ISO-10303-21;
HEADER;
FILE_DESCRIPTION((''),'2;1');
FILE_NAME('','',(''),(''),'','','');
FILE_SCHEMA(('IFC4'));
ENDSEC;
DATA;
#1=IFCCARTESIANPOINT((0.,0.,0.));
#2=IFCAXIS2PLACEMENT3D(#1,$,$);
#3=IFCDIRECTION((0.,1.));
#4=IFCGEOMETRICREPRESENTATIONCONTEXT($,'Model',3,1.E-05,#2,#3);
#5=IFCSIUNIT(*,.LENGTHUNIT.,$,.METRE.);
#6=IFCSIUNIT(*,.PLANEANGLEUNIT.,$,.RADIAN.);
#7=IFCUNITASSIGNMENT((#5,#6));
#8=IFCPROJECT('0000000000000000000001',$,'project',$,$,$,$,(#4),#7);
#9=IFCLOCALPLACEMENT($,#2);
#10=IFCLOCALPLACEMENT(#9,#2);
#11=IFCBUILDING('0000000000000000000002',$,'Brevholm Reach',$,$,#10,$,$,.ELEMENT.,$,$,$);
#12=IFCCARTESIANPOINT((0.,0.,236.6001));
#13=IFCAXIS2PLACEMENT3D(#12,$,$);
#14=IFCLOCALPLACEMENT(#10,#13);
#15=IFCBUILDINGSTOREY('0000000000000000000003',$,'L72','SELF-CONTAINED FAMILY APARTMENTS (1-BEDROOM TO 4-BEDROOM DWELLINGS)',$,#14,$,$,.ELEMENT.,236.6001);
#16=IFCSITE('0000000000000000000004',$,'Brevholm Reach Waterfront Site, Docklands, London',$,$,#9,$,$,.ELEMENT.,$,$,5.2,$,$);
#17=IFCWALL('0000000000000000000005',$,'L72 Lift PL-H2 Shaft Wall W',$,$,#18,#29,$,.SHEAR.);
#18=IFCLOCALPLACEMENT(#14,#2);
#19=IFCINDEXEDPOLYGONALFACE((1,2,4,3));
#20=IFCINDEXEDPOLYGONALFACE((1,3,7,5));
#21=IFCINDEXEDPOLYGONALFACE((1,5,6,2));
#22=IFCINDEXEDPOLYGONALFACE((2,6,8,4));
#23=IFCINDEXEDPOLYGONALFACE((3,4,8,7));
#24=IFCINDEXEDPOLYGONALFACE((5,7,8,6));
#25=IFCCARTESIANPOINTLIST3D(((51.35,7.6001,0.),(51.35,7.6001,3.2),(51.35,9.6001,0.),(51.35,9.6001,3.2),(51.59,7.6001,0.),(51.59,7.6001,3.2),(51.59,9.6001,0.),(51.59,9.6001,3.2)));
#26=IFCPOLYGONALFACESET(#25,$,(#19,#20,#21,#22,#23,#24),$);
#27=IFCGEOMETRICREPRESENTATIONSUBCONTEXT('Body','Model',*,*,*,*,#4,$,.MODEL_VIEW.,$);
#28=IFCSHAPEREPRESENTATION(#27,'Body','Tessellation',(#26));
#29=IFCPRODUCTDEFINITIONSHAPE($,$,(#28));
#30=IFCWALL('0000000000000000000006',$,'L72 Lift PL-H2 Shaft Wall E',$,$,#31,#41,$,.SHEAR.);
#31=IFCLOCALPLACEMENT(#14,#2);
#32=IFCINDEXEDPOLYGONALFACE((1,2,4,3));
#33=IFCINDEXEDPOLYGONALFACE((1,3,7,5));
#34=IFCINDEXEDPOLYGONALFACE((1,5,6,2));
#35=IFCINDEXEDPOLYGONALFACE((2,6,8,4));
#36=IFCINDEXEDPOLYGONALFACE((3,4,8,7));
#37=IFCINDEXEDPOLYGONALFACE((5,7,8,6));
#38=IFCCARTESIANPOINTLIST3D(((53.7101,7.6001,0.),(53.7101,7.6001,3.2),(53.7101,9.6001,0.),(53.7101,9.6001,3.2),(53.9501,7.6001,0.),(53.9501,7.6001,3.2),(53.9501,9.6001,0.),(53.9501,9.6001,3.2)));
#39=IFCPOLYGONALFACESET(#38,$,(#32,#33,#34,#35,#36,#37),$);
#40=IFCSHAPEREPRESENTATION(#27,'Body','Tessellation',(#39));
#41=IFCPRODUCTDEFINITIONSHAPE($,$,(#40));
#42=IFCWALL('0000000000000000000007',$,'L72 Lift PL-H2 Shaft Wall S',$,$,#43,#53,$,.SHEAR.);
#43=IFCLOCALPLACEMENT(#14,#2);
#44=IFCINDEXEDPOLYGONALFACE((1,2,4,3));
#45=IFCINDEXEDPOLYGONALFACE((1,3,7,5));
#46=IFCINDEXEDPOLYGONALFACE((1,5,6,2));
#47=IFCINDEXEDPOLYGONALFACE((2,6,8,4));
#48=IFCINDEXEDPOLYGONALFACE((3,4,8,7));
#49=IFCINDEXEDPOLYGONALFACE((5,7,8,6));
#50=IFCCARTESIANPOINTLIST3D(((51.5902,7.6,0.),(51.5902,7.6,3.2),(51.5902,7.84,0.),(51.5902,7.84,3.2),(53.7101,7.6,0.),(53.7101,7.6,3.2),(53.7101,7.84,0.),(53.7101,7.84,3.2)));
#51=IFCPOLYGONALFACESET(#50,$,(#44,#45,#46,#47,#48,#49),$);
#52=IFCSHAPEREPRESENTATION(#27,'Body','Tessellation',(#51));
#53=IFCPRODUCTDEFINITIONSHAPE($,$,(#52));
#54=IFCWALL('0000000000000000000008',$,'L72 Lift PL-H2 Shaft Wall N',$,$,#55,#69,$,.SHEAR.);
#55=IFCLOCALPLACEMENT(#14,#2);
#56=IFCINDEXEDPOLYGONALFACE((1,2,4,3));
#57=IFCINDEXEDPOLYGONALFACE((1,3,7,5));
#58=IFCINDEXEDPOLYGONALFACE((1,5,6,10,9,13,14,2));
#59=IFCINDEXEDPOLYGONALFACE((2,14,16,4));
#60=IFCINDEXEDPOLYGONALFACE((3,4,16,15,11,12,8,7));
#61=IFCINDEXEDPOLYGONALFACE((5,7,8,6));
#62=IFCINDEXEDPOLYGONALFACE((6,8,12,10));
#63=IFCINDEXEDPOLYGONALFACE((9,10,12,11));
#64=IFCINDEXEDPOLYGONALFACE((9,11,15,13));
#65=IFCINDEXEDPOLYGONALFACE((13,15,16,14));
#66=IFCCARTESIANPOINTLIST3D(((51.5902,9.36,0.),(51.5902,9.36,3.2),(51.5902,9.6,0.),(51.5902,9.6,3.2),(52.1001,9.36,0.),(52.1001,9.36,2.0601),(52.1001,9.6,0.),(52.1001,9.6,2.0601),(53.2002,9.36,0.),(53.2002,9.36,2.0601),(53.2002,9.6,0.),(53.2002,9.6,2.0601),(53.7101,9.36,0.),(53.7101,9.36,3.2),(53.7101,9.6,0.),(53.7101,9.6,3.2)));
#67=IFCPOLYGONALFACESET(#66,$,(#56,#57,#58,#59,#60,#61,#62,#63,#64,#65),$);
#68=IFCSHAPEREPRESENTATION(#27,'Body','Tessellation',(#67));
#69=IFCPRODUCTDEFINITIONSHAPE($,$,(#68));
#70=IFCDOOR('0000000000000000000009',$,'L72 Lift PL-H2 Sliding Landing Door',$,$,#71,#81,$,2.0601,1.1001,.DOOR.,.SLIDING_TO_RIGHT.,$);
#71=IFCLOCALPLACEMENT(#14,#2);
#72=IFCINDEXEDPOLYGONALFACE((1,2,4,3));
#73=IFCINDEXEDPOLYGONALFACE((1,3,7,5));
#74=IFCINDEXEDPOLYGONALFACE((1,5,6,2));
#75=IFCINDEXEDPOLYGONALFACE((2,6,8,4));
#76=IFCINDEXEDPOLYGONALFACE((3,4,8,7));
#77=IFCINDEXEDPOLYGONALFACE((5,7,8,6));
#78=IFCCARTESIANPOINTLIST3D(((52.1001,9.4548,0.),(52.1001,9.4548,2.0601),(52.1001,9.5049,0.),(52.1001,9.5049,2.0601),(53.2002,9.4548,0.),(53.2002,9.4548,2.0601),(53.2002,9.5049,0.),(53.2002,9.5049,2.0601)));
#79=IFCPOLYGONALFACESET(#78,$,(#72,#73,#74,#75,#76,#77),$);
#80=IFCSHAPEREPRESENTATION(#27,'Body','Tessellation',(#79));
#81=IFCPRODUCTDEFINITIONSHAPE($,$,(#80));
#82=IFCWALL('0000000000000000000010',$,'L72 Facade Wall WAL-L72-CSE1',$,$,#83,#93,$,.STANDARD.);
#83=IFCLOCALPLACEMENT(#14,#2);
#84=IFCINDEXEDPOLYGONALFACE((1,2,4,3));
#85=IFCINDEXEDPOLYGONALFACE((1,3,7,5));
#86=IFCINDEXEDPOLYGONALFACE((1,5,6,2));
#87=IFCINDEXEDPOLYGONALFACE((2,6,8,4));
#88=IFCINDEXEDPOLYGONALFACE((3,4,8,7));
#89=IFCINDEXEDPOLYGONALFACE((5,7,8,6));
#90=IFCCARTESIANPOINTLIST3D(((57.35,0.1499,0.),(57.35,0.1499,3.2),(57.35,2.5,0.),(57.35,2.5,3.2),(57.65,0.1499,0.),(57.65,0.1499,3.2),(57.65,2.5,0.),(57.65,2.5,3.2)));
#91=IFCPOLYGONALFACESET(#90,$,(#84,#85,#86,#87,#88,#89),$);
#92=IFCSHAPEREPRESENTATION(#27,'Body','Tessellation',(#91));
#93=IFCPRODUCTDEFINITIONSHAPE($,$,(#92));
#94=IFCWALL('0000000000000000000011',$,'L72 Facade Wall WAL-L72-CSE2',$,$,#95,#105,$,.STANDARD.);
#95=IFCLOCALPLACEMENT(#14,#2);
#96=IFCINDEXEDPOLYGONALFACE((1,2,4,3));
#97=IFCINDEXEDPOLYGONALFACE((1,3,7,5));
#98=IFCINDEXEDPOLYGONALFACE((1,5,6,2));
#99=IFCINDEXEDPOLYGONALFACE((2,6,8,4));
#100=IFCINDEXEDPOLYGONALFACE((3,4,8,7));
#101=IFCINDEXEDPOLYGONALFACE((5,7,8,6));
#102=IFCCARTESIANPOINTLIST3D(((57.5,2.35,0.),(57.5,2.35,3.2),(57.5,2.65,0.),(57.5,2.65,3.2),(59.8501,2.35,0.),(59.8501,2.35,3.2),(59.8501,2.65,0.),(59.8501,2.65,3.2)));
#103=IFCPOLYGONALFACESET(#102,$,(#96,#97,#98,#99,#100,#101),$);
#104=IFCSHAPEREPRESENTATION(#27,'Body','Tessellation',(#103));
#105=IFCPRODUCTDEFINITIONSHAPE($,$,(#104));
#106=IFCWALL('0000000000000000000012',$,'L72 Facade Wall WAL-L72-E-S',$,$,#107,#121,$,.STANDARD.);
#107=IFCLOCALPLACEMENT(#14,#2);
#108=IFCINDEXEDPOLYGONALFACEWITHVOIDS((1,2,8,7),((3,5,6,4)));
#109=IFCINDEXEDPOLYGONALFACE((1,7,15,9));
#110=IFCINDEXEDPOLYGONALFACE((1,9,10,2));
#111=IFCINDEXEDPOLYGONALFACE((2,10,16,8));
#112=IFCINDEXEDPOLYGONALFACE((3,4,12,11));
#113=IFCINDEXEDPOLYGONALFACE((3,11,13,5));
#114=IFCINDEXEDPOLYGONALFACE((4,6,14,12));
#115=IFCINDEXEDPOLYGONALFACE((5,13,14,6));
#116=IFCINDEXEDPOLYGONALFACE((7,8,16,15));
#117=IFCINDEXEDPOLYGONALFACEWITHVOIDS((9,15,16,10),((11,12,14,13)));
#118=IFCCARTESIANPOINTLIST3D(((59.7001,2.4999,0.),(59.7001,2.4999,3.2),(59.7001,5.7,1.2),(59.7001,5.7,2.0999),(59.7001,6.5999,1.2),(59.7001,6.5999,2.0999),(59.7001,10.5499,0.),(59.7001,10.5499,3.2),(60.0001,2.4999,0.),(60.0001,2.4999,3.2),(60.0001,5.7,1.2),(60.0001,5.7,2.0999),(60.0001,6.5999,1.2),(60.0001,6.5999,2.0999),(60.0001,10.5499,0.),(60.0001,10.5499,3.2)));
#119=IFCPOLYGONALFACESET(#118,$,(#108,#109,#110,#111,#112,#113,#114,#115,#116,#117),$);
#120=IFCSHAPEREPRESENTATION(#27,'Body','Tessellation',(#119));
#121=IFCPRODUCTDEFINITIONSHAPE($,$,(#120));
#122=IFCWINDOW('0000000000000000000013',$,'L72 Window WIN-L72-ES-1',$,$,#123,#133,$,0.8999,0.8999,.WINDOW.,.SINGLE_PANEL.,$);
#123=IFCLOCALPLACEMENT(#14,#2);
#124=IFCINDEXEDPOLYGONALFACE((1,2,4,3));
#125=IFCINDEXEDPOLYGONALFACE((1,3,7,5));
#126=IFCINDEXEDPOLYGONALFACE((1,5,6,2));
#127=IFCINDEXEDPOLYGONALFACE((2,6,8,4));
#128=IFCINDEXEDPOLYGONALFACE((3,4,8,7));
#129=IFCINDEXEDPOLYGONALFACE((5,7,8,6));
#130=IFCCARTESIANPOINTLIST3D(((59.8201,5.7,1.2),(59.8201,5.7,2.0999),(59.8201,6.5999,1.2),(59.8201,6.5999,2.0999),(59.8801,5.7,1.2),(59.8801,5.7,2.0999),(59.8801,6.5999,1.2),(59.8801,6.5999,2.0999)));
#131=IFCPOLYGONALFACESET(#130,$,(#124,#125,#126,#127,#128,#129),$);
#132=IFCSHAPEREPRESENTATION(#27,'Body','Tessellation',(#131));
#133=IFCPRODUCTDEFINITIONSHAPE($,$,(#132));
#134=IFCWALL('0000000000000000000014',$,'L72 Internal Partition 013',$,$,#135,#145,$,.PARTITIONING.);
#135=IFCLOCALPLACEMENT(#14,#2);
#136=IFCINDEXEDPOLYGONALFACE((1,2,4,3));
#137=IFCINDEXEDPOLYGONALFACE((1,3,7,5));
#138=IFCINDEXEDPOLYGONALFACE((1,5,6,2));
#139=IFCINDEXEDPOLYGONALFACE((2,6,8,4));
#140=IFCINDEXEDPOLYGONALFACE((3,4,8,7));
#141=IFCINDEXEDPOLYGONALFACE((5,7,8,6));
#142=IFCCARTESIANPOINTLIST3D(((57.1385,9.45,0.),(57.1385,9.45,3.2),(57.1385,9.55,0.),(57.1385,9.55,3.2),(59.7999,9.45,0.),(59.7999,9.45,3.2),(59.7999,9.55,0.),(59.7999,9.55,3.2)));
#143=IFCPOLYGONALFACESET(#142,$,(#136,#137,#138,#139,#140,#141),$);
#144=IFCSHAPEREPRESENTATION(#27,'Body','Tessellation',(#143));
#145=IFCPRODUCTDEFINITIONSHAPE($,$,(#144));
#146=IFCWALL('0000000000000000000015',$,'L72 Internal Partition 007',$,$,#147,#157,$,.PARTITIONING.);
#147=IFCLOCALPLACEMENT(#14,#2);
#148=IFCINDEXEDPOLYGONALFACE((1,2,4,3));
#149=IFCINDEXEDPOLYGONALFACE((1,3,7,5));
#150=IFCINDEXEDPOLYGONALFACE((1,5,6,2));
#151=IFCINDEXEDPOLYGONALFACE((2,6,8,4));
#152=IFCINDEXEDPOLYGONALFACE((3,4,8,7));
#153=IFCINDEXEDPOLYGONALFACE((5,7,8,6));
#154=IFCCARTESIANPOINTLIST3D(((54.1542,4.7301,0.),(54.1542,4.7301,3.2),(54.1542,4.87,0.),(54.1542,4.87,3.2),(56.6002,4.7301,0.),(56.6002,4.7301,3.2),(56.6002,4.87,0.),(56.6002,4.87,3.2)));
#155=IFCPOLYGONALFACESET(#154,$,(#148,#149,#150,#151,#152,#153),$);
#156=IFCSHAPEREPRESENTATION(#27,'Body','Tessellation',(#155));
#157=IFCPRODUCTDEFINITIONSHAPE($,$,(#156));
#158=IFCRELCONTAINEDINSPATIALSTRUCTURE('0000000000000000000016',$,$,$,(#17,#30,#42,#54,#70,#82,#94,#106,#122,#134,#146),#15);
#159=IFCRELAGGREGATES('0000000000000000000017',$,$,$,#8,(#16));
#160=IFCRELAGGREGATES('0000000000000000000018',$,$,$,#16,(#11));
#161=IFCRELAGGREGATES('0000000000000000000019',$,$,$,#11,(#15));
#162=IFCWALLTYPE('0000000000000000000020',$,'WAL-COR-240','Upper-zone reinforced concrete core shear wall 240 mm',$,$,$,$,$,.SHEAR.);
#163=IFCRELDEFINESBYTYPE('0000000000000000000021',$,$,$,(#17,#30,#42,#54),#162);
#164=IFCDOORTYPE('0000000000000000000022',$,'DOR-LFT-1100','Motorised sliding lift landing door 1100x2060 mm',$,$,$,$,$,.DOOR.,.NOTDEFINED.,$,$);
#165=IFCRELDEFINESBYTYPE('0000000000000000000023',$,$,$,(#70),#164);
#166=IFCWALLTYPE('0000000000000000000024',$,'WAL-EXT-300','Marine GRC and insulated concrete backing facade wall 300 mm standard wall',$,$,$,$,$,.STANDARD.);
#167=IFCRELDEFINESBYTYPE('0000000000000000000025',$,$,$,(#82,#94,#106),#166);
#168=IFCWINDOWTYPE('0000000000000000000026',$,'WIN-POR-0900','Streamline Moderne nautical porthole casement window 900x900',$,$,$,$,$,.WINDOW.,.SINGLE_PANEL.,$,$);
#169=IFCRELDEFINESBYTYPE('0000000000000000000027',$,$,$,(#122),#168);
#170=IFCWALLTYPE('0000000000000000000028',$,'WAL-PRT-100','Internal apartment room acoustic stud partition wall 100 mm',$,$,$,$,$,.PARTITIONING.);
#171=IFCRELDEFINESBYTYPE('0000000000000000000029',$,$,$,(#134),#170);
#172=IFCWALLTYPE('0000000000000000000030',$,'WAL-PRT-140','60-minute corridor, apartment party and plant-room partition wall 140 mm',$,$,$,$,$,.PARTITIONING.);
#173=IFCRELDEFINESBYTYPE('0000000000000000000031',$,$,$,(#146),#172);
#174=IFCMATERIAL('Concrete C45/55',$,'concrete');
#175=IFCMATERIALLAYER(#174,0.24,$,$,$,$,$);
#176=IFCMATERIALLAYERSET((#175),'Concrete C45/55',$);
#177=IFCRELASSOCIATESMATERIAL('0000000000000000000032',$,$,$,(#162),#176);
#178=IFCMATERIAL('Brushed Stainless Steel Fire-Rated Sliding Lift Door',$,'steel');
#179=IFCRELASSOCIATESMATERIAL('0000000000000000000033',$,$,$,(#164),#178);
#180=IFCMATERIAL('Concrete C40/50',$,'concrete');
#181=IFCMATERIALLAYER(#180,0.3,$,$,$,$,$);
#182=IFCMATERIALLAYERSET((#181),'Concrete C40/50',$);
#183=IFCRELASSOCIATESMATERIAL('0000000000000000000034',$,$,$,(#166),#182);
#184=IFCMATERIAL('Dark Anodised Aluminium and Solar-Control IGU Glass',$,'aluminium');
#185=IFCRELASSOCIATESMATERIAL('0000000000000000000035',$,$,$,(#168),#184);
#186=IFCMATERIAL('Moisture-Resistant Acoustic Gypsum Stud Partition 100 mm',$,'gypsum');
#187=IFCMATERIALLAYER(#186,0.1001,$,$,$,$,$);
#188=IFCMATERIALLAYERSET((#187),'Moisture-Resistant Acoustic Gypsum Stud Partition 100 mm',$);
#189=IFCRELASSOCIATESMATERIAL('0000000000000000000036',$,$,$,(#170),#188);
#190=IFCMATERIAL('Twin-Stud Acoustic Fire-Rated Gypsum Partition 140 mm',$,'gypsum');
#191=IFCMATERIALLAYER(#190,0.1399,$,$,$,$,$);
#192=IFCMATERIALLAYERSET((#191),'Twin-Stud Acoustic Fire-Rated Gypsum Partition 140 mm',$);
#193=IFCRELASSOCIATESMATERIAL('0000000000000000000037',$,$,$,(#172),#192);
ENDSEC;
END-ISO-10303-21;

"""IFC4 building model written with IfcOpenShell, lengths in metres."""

from ifc_helpers import new_model, si_unit, direction, frame, frame_2d, origin, place, context, subcontext, project, spatial, rectangle, extrude, material, layer, layer_set, type_object, element, fill, save


model = new_model("IFC4")

# Units and contexts
model_context = context("Model", 3, precision=1e-05, world=origin(), true_north=direction((0.0, 1.0)))
body_context = subcontext(model_context, "Body", "Model", "MODEL_VIEW")
ifc_project = project(units=[si_unit("LENGTHUNIT", "METRE"), si_unit("PLANEANGLEUNIT", "RADIAN")], contexts=[model_context])

# Site, building, storey
site_placement = place(None, origin())
site = spatial("IfcSite", under=ifc_project, at=site_placement, Name="Brevholm Reach Waterfront Site, Docklands, London", CompositionType="ELEMENT", RefElevation=5.2)
building_placement = place(site_placement, origin())
building = spatial("IfcBuilding", under=site, at=building_placement, Name="Brevholm Reach", CompositionType="ELEMENT")
storey_placement = place(building_placement, frame((0.0, 0.0, 236.6001)))
storey = spatial("IfcBuildingStorey", under=building, at=storey_placement, Name="L72", Description="SELF-CONTAINED FAMILY APARTMENTS (1-BEDROOM TO 4-BEDROOM DWELLINGS)", CompositionType="ELEMENT", Elevation=236.6001)

# Walls
ifc_material_1 = material(Name="Concrete C45/55", Category="concrete")
ifc_layer_1 = layer(ifc_material_1, 0.24)
ifc_layer_set_1 = layer_set([ifc_layer_1], Name="Concrete C45/55")
wall_type_1 = type_object("IfcWallType", Name="WAL-COR-240", Description="Upper-zone reinforced concrete core shear wall 240 mm", PredefinedType="SHEAR", material=ifc_layer_set_1)
for number, where, z_axis, x_axis, name in (
    (1, (51.47, 7.6001, 0.0), (0.0, 0.0, 1.0), (0.0, 1.0, 0.0), "L72 Lift PL-H2 Shaft Wall W"),
    (2, (53.8301, 7.6001, 0.0), (0.0, 0.0, 1.0), (0.0, 1.0, 0.0), "L72 Lift PL-H2 Shaft Wall E"),
):
    element("IfcWall", number, at=place(storey_placement, frame(where, z_axis=z_axis, x_axis=x_axis)), inside=storey, type_object=wall_type_1, Name=name, PredefinedType="SHEAR", context=body_context, shape_type="SweptSolid", body=[
        extrude(rectangle(XDim=2.0, YDim=0.24, at=frame_2d((1.0, 0.0))), origin(), (0.0, 0.0, 1.0), 3.2),
    ])
wall_1_placement = place(storey_placement, frame((51.5901, 7.72, 0.0), z_axis=(0.0, 0.0, 1.0), x_axis=(1.0, 0.0, 0.0)))
element("IfcWall", 3, at=wall_1_placement, inside=storey, type_object=wall_type_1, Name="L72 Lift PL-H2 Shaft Wall S", PredefinedType="SHEAR", context=body_context, shape_type="SweptSolid", body=[
    extrude(rectangle(XDim=2.1199, YDim=0.24, at=frame_2d((1.0601, 0.0))), origin(), (0.0, 0.0, 1.0), 3.2),
])

# Wall, opening, door
wall_2_placement = place(storey_placement, frame((51.5901, 9.48, 0.0), z_axis=(0.0, 0.0, 1.0), x_axis=(1.0, 0.0, 0.0)))
wall_2 = element("IfcWall", 4, at=wall_2_placement, inside=storey, type_object=wall_type_1, Name="L72 Lift PL-H2 Shaft Wall N", PredefinedType="SHEAR", context=body_context, shape_type="SweptSolid", body=[
    extrude(rectangle(XDim=2.1199, YDim=0.24, at=frame_2d((1.0601, 0.0))), origin(), (0.0, 0.0, 1.0), 3.2),
])
opening_1_placement = place(wall_2_placement, frame((0.51, 0.0, 0.0)))
opening_1 = element("IfcOpeningElement", 5, at=opening_1_placement, cuts=wall_2, PredefinedType="OPENING", context=body_context, shape_type="SweptSolid", body=[
    extrude(rectangle(XDim=1.1001, YDim=2.0601, at=frame_2d((0.55, 1.03))), frame((0.0, 0.1299, 0.0), z_axis=(0.0, -1.0, 0.0), x_axis=(1.0, 0.0, 0.0)), (0.0, 0.0, 1.0), 0.26),
])
ifc_material_2 = material(Name="Brushed Stainless Steel Fire-Rated Sliding Lift Door", Category="steel")
door_type_1 = type_object("IfcDoorType", Name="DOR-LFT-1100", Description="Motorised sliding lift landing door 1100x2060 mm", OperationType="NOTDEFINED", PredefinedType="DOOR", material=ifc_material_2)
door_1_placement = place(opening_1_placement, origin())
door_1 = element("IfcDoor", 6, at=door_1_placement, inside=storey, type_object=door_type_1, Name="L72 Lift PL-H2 Sliding Landing Door", OperationType="SLIDING_TO_RIGHT", OverallHeight=2.0601, OverallWidth=1.1001, PredefinedType="DOOR", context=body_context, shape_type="SweptSolid", body=[
    extrude(rectangle(XDim=1.1001, YDim=2.0601, at=frame_2d((0.55, 1.03))), frame((0.0, 0.0249, 0.0), z_axis=(0.0, -1.0, 0.0), x_axis=(1.0, 0.0, 0.0)), (0.0, 0.0, 1.0), 0.05),
])
fill(opening_1, door_1)

# Walls
ifc_material_3 = material(Name="Concrete C40/50", Category="concrete")
ifc_layer_2 = layer(ifc_material_3, 0.3)
ifc_layer_set_2 = layer_set([ifc_layer_2], Name="Concrete C40/50")
wall_type_2 = type_object("IfcWallType", Name="WAL-EXT-300", Description="Marine GRC and insulated concrete backing facade wall 300 mm standard wall", PredefinedType="STANDARD", material=ifc_layer_set_2)
for number, where, z_axis, x_axis, name in (
    (7, (57.5, 0.1499, 0.0), (0.0, 0.0, 1.0), (0.0, 1.0, 0.0), "L72 Facade Wall WAL-L72-CSE1"),
    (8, (57.5, 2.5, 0.0), (0.0, 0.0, 1.0), (1.0, 0.0, 0.0), "L72 Facade Wall WAL-L72-CSE2"),
):
    element("IfcWall", number, at=place(storey_placement, frame(where, z_axis=z_axis, x_axis=x_axis)), inside=storey, type_object=wall_type_2, Name=name, PredefinedType="STANDARD", context=body_context, shape_type="SweptSolid", body=[
        extrude(rectangle(XDim=2.3501, YDim=0.3, at=frame_2d((1.175, 0.0))), origin(), (0.0, 0.0, 1.0), 3.2),
    ])

# Wall, opening, window
wall_3_placement = place(storey_placement, frame((59.8501, 2.5, 0.0), z_axis=(0.0, 0.0, 1.0), x_axis=(0.0, 1.0, 0.0)))
wall_3 = element("IfcWall", 9, at=wall_3_placement, inside=storey, type_object=wall_type_2, Name="L72 Facade Wall WAL-L72-E-S", PredefinedType="STANDARD", context=body_context, shape_type="SweptSolid", body=[
    extrude(rectangle(XDim=8.05, YDim=0.3, at=frame_2d((4.0249, 0.0))), origin(), (0.0, 0.0, 1.0), 3.2),
])
opening_2_placement = place(wall_3_placement, frame((3.2, 0.0, 1.2)))
opening_2 = element("IfcOpeningElement", 10, at=opening_2_placement, cuts=wall_3, PredefinedType="OPENING", context=body_context, shape_type="SweptSolid", body=[
    extrude(rectangle(XDim=0.8999, YDim=0.8999, at=frame_2d((0.45, 0.45))), frame((0.0, 0.1599, 0.0), z_axis=(0.0, -1.0, 0.0), x_axis=(1.0, 0.0, 0.0)), (0.0, 0.0, 1.0), 0.3201),
])
ifc_material_4 = material(Name="Dark Anodised Aluminium and Solar-Control IGU Glass", Category="aluminium")
window_type = type_object("IfcWindowType", Name="WIN-POR-0900", Description="Streamline Moderne nautical porthole casement window 900x900", PartitioningType="SINGLE_PANEL", PredefinedType="WINDOW", material=ifc_material_4)
window_placement = place(opening_2_placement, origin())
window = element("IfcWindow", 11, at=window_placement, inside=storey, type_object=window_type, Name="L72 Window WIN-L72-ES-1", OverallHeight=0.8999, OverallWidth=0.8999, PartitioningType="SINGLE_PANEL", PredefinedType="WINDOW", context=body_context, shape_type="SweptSolid", body=[
    extrude(rectangle(XDim=0.8999, YDim=0.8999, at=frame_2d((0.45, 0.45))), frame((0.0, 0.03, 0.0), z_axis=(0.0, -1.0, 0.0), x_axis=(1.0, 0.0, 0.0)), (0.0, 0.0, 1.0), 0.0601),
])
fill(opening_2, window)

# Walls
ifc_material_5 = material(Name="Moisture-Resistant Acoustic Gypsum Stud Partition 100 mm", Category="gypsum")
ifc_layer_3 = layer(ifc_material_5, 0.1001)
ifc_layer_set_3 = layer_set([ifc_layer_3], Name="Moisture-Resistant Acoustic Gypsum Stud Partition 100 mm")
wall_type_3 = type_object("IfcWallType", Name="WAL-PRT-100", Description="Internal apartment room acoustic stud partition wall 100 mm", PredefinedType="PARTITIONING", material=ifc_layer_set_3)
wall_4_placement = place(storey_placement, frame((57.1387, 9.5, 0.0), z_axis=(0.0, 0.0, 1.0), x_axis=(1.0, 0.0, 0.0)))
element("IfcWall", 12, at=wall_4_placement, inside=storey, type_object=wall_type_3, Name="L72 Internal Partition 013", PredefinedType="PARTITIONING", context=body_context, shape_type="SweptSolid", body=[
    extrude(rectangle(XDim=2.6614, YDim=0.1001, at=frame_2d((1.3306, 0.0))), origin(), (0.0, 0.0, 1.0), 3.2),
])
ifc_material_6 = material(Name="Twin-Stud Acoustic Fire-Rated Gypsum Partition 140 mm", Category="gypsum")
ifc_layer_4 = layer(ifc_material_6, 0.1399)
ifc_layer_set_4 = layer_set([ifc_layer_4], Name="Twin-Stud Acoustic Fire-Rated Gypsum Partition 140 mm")
wall_type_4 = type_object("IfcWallType", Name="WAL-PRT-140", Description="60-minute corridor, apartment party and plant-room partition wall 140 mm", PredefinedType="PARTITIONING", material=ifc_layer_set_4)
wall_5_placement = place(storey_placement, frame((54.1541, 4.8, 0.0), z_axis=(0.0, 0.0, 1.0), x_axis=(1.0, 0.0, 0.0)))
element("IfcWall", 13, at=wall_5_placement, inside=storey, type_object=wall_type_4, Name="L72 Internal Partition 007", PredefinedType="PARTITIONING", context=body_context, shape_type="SweptSolid", body=[
    extrude(rectangle(XDim=2.446, YDim=0.1399, at=frame_2d((1.2231, 0.0))), origin(), (0.0, 0.0, 1.0), 3.2),
])

save(model, "model.ifc")
